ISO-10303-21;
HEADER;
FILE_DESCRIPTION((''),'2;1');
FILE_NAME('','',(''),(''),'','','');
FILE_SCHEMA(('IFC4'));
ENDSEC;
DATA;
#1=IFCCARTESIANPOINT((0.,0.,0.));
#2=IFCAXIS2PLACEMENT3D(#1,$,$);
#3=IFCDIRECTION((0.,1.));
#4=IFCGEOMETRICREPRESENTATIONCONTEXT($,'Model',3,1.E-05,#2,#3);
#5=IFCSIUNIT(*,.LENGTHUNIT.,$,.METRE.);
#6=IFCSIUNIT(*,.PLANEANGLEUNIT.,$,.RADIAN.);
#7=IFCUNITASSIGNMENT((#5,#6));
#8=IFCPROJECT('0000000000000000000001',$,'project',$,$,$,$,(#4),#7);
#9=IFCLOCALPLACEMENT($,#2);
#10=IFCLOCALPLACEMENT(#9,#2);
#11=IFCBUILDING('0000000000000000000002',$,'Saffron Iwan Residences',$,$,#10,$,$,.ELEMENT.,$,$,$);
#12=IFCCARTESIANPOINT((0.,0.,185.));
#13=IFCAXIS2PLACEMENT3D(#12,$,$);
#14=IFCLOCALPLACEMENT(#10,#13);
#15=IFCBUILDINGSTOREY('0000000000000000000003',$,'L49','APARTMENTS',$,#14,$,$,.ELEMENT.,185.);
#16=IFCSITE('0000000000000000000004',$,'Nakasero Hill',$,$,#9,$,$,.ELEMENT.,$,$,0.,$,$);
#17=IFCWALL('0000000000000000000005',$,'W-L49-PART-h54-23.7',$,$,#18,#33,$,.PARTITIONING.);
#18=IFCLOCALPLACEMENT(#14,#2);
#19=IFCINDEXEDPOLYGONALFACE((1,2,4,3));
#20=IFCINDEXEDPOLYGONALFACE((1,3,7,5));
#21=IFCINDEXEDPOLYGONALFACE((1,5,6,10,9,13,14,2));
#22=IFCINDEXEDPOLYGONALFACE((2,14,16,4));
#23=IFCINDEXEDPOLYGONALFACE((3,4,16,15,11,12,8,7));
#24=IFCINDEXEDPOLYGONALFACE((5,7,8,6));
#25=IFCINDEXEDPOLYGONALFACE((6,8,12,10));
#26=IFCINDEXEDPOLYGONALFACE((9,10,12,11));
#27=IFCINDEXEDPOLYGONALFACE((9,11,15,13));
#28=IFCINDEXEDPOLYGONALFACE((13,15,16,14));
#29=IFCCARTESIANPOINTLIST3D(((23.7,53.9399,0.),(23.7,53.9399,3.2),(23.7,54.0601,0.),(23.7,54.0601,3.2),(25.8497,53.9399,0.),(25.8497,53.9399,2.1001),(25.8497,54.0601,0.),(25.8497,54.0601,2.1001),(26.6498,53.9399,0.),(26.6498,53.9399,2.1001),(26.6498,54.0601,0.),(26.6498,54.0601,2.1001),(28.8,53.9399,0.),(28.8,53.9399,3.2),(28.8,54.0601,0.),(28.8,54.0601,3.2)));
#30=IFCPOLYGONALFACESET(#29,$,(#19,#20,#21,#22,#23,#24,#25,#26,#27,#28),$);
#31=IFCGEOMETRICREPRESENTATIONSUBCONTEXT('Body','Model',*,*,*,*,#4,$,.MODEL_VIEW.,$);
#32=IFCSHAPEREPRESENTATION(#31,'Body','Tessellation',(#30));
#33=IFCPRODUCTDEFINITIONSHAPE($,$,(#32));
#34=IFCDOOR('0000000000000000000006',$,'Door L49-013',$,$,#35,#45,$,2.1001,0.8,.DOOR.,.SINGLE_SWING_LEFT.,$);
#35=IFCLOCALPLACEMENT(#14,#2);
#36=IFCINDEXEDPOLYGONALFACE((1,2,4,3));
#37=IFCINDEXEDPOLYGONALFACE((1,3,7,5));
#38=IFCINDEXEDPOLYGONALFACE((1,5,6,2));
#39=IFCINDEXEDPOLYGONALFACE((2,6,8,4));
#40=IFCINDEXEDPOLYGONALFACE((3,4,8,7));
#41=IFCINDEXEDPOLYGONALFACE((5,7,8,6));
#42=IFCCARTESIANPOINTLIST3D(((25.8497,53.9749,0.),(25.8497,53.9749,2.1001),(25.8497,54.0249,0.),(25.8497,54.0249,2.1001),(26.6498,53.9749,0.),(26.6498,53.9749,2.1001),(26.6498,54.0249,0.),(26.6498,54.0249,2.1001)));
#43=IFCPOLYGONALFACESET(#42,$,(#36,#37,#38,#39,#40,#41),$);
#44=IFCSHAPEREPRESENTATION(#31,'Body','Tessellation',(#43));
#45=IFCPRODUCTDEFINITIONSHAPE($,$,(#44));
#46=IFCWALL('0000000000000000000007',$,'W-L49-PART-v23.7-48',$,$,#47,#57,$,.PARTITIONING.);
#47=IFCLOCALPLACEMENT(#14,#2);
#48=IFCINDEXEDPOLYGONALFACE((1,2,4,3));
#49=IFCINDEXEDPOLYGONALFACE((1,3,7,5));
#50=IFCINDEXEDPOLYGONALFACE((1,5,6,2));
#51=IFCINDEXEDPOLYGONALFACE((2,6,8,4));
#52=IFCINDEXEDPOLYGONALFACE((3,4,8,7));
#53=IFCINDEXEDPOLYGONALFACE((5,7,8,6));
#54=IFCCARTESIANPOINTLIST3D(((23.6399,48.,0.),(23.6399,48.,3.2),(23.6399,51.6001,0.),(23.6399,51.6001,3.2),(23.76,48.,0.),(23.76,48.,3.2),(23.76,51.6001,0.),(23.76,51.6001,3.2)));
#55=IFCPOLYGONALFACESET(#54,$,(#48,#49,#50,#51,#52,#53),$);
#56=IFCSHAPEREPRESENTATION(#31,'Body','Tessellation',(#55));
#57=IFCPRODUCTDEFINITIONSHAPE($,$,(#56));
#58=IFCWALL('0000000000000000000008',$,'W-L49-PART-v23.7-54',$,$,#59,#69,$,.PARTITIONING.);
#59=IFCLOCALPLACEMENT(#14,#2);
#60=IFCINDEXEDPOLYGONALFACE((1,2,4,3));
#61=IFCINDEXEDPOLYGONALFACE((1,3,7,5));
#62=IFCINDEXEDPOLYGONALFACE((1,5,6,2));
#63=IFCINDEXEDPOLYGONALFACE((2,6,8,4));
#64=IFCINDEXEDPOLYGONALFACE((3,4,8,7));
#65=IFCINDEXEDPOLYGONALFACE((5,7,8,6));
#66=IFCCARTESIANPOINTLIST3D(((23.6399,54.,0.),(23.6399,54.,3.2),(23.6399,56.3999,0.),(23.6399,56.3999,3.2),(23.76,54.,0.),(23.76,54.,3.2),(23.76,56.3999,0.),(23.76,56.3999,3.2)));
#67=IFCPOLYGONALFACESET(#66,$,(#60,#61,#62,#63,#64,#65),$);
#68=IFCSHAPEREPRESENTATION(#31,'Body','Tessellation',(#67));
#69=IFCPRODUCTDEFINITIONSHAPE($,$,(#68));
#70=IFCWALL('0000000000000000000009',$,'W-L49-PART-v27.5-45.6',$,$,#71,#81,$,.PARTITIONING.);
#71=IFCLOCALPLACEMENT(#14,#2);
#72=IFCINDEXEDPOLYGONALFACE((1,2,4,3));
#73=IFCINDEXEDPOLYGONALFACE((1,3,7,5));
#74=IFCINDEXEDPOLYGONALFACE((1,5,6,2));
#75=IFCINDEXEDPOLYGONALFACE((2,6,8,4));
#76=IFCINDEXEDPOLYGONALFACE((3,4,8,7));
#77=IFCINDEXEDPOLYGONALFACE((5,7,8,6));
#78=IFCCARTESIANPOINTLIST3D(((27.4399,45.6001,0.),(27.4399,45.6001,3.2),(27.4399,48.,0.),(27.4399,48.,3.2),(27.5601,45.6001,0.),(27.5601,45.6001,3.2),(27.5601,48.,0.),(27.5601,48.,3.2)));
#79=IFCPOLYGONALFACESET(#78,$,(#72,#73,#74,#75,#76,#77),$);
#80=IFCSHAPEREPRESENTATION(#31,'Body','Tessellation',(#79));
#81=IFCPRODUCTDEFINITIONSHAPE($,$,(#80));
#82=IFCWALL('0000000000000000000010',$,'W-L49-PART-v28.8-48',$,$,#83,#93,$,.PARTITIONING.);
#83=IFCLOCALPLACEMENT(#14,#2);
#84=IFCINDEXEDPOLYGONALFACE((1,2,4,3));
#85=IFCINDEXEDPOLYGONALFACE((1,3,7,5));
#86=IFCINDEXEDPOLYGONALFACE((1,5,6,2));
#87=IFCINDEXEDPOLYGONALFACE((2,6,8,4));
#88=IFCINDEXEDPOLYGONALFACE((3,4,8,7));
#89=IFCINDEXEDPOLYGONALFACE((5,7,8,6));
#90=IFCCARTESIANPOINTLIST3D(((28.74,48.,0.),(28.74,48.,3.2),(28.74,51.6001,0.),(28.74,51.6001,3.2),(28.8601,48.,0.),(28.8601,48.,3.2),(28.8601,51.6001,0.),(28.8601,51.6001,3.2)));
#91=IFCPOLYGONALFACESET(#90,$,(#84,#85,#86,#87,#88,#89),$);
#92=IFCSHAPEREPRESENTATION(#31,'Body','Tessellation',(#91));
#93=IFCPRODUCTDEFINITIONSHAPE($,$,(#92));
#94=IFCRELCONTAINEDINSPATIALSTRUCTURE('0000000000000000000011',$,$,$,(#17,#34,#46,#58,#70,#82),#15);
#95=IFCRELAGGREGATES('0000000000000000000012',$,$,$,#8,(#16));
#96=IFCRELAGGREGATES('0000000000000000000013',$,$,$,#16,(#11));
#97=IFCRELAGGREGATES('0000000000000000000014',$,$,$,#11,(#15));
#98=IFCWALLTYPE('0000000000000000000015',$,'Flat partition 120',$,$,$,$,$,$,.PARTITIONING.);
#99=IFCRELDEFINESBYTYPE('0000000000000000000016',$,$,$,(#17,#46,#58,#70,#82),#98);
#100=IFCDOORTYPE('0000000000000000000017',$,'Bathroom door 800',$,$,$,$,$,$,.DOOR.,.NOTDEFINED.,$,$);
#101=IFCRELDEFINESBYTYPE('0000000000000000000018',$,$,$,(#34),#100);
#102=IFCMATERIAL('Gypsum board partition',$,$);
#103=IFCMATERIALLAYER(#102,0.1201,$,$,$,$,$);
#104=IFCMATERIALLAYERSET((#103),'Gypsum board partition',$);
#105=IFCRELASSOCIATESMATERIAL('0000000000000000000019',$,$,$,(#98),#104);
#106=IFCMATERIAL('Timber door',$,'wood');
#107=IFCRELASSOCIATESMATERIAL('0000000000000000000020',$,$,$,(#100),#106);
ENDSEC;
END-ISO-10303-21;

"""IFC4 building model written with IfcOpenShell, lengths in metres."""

from ifc_helpers import new_model, si_unit, direction, frame, frame_2d, origin, place, context, subcontext, project, spatial, rectangle, extrude, material, layer, layer_set, type_object, element, fill, save


model = new_model("IFC4")

# Units and contexts
model_context = context("Model", 3, precision=1e-05, world=origin(), true_north=direction((0.0, 1.0)))
body_context = subcontext(model_context, "Body", "Model", "MODEL_VIEW")
ifc_project = project(units=[si_unit("LENGTHUNIT", "METRE"), si_unit("PLANEANGLEUNIT", "RADIAN")], contexts=[model_context])

# Site, building, storey
site_placement = place(None, origin())
site = spatial("IfcSite", under=ifc_project, at=site_placement, Name="Nakasero Hill", CompositionType="ELEMENT", RefElevation=0.0)
building_placement = place(site_placement, origin())
building = spatial("IfcBuilding", under=site, at=building_placement, Name="Saffron Iwan Residences", CompositionType="ELEMENT")
storey_placement = place(building_placement, frame((0.0, 0.0, 185.0)))
storey = spatial("IfcBuildingStorey", under=building, at=storey_placement, Name="L49", Description="APARTMENTS", CompositionType="ELEMENT", Elevation=185.0)

# Shared definitions
ifc_material_1 = material(Name="Gypsum board partition")
ifc_layer = layer(ifc_material_1, 0.1201)
ifc_layer_set = layer_set([ifc_layer], Name="Gypsum board partition")
wall_type = type_object("IfcWallType", Name="Flat partition 120", PredefinedType="PARTITIONING", material=ifc_layer_set)

# Shared definitions
ifc_material_2 = material(Name="Timber door", Category="wood")

# Shared definitions
door_type_1 = type_object("IfcDoorType", Name="Bathroom door 800", OperationType="NOTDEFINED", PredefinedType="DOOR", material=ifc_material_2)

# Wall, opening, door
wall_1_placement = place(storey_placement, frame((23.7, 54.0, 0.0), z_axis=(0.0, 0.0, 1.0), x_axis=(1.0, 0.0, 0.0)))
wall_1 = element("IfcWall", 1, at=wall_1_placement, inside=storey, type_object=wall_type, Name="W-L49-PART-h54-23.7", PredefinedType="PARTITIONING", context=body_context, shape_type="SweptSolid", body=[
    extrude(rectangle(XDim=5.1001, YDim=0.1201, at=frame_2d((2.55, 0.0))), origin(), (0.0, 0.0, 1.0), 3.2),
])
opening_1_placement = place(wall_1_placement, frame((2.1499, 0.0, 0.0)))
opening_1 = element("IfcOpeningElement", 2, at=opening_1_placement, cuts=wall_1, PredefinedType="OPENING", context=body_context, shape_type="SweptSolid", body=[
    extrude(rectangle(XDim=0.8, YDim=2.1001, at=frame_2d((0.3999, 1.05))), frame((0.0, 0.0701, 0.0), z_axis=(0.0, -1.0, 0.0), x_axis=(1.0, 0.0, 0.0)), (0.0, 0.0, 1.0), 0.1401),
])
door_1_placement = place(opening_1_placement, origin())
door_1 = element("IfcDoor", 3, at=door_1_placement, inside=storey, type_object=door_type_1, Name="Door L49-013", OperationType="SINGLE_SWING_LEFT", OverallHeight=2.1001, OverallWidth=0.8, PredefinedType="DOOR", context=body_context, shape_type="SweptSolid", body=[
    extrude(rectangle(XDim=0.8, YDim=2.1001, at=frame_2d((0.3999, 1.05))), frame((0.0, 0.0249, 0.0), z_axis=(0.0, -1.0, 0.0), x_axis=(1.0, 0.0, 0.0)), (0.0, 0.0, 1.0), 0.05),
])
fill(opening_1, door_1)

# Walls
wall_2_placement = place(storey_placement, frame((23.7, 48.0, 0.0), z_axis=(0.0, 0.0, 1.0), x_axis=(0.0, 1.0, 0.0)))
element("IfcWall", 4, at=wall_2_placement, inside=storey, type_object=wall_type, Name="W-L49-PART-v23.7-48", PredefinedType="PARTITIONING", context=body_context, shape_type="SweptSolid", body=[
    extrude(rectangle(XDim=3.6001, YDim=0.1201, at=frame_2d((1.8, 0.0))), origin(), (0.0, 0.0, 1.0), 3.2),
])
for number, where, z_axis, x_axis, name in (
    (5, (23.7, 54.0, 0.0), (0.0, 0.0, 1.0), (0.0, 1.0, 0.0), "W-L49-PART-v23.7-54"),
    (6, (27.5, 45.6001, 0.0), (0.0, 0.0, 1.0), (0.0, 1.0, 0.0), "W-L49-PART-v27.5-45.6"),
):
    element("IfcWall", number, at=place(storey_placement, frame(where, z_axis=z_axis, x_axis=x_axis)), inside=storey, type_object=wall_type, Name=name, PredefinedType="PARTITIONING", context=body_context, shape_type="SweptSolid", body=[
        extrude(rectangle(XDim=2.3999, YDim=0.1201, at=frame_2d((1.2, 0.0))), origin(), (0.0, 0.0, 1.0), 3.2),
    ])
wall_3_placement = place(storey_placement, frame((28.8, 48.0, 0.0), z_axis=(0.0, 0.0, 1.0), x_axis=(0.0, 1.0, 0.0)))
element("IfcWall", 7, at=wall_3_placement, inside=storey, type_object=wall_type, Name="W-L49-PART-v28.8-48", PredefinedType="PARTITIONING", context=body_context, shape_type="SweptSolid", body=[
    extrude(rectangle(XDim=3.6001, YDim=0.1201, at=frame_2d((1.8, 0.0))), origin(), (0.0, 0.0, 1.0), 3.2),
])

save(model, "model.ifc")
